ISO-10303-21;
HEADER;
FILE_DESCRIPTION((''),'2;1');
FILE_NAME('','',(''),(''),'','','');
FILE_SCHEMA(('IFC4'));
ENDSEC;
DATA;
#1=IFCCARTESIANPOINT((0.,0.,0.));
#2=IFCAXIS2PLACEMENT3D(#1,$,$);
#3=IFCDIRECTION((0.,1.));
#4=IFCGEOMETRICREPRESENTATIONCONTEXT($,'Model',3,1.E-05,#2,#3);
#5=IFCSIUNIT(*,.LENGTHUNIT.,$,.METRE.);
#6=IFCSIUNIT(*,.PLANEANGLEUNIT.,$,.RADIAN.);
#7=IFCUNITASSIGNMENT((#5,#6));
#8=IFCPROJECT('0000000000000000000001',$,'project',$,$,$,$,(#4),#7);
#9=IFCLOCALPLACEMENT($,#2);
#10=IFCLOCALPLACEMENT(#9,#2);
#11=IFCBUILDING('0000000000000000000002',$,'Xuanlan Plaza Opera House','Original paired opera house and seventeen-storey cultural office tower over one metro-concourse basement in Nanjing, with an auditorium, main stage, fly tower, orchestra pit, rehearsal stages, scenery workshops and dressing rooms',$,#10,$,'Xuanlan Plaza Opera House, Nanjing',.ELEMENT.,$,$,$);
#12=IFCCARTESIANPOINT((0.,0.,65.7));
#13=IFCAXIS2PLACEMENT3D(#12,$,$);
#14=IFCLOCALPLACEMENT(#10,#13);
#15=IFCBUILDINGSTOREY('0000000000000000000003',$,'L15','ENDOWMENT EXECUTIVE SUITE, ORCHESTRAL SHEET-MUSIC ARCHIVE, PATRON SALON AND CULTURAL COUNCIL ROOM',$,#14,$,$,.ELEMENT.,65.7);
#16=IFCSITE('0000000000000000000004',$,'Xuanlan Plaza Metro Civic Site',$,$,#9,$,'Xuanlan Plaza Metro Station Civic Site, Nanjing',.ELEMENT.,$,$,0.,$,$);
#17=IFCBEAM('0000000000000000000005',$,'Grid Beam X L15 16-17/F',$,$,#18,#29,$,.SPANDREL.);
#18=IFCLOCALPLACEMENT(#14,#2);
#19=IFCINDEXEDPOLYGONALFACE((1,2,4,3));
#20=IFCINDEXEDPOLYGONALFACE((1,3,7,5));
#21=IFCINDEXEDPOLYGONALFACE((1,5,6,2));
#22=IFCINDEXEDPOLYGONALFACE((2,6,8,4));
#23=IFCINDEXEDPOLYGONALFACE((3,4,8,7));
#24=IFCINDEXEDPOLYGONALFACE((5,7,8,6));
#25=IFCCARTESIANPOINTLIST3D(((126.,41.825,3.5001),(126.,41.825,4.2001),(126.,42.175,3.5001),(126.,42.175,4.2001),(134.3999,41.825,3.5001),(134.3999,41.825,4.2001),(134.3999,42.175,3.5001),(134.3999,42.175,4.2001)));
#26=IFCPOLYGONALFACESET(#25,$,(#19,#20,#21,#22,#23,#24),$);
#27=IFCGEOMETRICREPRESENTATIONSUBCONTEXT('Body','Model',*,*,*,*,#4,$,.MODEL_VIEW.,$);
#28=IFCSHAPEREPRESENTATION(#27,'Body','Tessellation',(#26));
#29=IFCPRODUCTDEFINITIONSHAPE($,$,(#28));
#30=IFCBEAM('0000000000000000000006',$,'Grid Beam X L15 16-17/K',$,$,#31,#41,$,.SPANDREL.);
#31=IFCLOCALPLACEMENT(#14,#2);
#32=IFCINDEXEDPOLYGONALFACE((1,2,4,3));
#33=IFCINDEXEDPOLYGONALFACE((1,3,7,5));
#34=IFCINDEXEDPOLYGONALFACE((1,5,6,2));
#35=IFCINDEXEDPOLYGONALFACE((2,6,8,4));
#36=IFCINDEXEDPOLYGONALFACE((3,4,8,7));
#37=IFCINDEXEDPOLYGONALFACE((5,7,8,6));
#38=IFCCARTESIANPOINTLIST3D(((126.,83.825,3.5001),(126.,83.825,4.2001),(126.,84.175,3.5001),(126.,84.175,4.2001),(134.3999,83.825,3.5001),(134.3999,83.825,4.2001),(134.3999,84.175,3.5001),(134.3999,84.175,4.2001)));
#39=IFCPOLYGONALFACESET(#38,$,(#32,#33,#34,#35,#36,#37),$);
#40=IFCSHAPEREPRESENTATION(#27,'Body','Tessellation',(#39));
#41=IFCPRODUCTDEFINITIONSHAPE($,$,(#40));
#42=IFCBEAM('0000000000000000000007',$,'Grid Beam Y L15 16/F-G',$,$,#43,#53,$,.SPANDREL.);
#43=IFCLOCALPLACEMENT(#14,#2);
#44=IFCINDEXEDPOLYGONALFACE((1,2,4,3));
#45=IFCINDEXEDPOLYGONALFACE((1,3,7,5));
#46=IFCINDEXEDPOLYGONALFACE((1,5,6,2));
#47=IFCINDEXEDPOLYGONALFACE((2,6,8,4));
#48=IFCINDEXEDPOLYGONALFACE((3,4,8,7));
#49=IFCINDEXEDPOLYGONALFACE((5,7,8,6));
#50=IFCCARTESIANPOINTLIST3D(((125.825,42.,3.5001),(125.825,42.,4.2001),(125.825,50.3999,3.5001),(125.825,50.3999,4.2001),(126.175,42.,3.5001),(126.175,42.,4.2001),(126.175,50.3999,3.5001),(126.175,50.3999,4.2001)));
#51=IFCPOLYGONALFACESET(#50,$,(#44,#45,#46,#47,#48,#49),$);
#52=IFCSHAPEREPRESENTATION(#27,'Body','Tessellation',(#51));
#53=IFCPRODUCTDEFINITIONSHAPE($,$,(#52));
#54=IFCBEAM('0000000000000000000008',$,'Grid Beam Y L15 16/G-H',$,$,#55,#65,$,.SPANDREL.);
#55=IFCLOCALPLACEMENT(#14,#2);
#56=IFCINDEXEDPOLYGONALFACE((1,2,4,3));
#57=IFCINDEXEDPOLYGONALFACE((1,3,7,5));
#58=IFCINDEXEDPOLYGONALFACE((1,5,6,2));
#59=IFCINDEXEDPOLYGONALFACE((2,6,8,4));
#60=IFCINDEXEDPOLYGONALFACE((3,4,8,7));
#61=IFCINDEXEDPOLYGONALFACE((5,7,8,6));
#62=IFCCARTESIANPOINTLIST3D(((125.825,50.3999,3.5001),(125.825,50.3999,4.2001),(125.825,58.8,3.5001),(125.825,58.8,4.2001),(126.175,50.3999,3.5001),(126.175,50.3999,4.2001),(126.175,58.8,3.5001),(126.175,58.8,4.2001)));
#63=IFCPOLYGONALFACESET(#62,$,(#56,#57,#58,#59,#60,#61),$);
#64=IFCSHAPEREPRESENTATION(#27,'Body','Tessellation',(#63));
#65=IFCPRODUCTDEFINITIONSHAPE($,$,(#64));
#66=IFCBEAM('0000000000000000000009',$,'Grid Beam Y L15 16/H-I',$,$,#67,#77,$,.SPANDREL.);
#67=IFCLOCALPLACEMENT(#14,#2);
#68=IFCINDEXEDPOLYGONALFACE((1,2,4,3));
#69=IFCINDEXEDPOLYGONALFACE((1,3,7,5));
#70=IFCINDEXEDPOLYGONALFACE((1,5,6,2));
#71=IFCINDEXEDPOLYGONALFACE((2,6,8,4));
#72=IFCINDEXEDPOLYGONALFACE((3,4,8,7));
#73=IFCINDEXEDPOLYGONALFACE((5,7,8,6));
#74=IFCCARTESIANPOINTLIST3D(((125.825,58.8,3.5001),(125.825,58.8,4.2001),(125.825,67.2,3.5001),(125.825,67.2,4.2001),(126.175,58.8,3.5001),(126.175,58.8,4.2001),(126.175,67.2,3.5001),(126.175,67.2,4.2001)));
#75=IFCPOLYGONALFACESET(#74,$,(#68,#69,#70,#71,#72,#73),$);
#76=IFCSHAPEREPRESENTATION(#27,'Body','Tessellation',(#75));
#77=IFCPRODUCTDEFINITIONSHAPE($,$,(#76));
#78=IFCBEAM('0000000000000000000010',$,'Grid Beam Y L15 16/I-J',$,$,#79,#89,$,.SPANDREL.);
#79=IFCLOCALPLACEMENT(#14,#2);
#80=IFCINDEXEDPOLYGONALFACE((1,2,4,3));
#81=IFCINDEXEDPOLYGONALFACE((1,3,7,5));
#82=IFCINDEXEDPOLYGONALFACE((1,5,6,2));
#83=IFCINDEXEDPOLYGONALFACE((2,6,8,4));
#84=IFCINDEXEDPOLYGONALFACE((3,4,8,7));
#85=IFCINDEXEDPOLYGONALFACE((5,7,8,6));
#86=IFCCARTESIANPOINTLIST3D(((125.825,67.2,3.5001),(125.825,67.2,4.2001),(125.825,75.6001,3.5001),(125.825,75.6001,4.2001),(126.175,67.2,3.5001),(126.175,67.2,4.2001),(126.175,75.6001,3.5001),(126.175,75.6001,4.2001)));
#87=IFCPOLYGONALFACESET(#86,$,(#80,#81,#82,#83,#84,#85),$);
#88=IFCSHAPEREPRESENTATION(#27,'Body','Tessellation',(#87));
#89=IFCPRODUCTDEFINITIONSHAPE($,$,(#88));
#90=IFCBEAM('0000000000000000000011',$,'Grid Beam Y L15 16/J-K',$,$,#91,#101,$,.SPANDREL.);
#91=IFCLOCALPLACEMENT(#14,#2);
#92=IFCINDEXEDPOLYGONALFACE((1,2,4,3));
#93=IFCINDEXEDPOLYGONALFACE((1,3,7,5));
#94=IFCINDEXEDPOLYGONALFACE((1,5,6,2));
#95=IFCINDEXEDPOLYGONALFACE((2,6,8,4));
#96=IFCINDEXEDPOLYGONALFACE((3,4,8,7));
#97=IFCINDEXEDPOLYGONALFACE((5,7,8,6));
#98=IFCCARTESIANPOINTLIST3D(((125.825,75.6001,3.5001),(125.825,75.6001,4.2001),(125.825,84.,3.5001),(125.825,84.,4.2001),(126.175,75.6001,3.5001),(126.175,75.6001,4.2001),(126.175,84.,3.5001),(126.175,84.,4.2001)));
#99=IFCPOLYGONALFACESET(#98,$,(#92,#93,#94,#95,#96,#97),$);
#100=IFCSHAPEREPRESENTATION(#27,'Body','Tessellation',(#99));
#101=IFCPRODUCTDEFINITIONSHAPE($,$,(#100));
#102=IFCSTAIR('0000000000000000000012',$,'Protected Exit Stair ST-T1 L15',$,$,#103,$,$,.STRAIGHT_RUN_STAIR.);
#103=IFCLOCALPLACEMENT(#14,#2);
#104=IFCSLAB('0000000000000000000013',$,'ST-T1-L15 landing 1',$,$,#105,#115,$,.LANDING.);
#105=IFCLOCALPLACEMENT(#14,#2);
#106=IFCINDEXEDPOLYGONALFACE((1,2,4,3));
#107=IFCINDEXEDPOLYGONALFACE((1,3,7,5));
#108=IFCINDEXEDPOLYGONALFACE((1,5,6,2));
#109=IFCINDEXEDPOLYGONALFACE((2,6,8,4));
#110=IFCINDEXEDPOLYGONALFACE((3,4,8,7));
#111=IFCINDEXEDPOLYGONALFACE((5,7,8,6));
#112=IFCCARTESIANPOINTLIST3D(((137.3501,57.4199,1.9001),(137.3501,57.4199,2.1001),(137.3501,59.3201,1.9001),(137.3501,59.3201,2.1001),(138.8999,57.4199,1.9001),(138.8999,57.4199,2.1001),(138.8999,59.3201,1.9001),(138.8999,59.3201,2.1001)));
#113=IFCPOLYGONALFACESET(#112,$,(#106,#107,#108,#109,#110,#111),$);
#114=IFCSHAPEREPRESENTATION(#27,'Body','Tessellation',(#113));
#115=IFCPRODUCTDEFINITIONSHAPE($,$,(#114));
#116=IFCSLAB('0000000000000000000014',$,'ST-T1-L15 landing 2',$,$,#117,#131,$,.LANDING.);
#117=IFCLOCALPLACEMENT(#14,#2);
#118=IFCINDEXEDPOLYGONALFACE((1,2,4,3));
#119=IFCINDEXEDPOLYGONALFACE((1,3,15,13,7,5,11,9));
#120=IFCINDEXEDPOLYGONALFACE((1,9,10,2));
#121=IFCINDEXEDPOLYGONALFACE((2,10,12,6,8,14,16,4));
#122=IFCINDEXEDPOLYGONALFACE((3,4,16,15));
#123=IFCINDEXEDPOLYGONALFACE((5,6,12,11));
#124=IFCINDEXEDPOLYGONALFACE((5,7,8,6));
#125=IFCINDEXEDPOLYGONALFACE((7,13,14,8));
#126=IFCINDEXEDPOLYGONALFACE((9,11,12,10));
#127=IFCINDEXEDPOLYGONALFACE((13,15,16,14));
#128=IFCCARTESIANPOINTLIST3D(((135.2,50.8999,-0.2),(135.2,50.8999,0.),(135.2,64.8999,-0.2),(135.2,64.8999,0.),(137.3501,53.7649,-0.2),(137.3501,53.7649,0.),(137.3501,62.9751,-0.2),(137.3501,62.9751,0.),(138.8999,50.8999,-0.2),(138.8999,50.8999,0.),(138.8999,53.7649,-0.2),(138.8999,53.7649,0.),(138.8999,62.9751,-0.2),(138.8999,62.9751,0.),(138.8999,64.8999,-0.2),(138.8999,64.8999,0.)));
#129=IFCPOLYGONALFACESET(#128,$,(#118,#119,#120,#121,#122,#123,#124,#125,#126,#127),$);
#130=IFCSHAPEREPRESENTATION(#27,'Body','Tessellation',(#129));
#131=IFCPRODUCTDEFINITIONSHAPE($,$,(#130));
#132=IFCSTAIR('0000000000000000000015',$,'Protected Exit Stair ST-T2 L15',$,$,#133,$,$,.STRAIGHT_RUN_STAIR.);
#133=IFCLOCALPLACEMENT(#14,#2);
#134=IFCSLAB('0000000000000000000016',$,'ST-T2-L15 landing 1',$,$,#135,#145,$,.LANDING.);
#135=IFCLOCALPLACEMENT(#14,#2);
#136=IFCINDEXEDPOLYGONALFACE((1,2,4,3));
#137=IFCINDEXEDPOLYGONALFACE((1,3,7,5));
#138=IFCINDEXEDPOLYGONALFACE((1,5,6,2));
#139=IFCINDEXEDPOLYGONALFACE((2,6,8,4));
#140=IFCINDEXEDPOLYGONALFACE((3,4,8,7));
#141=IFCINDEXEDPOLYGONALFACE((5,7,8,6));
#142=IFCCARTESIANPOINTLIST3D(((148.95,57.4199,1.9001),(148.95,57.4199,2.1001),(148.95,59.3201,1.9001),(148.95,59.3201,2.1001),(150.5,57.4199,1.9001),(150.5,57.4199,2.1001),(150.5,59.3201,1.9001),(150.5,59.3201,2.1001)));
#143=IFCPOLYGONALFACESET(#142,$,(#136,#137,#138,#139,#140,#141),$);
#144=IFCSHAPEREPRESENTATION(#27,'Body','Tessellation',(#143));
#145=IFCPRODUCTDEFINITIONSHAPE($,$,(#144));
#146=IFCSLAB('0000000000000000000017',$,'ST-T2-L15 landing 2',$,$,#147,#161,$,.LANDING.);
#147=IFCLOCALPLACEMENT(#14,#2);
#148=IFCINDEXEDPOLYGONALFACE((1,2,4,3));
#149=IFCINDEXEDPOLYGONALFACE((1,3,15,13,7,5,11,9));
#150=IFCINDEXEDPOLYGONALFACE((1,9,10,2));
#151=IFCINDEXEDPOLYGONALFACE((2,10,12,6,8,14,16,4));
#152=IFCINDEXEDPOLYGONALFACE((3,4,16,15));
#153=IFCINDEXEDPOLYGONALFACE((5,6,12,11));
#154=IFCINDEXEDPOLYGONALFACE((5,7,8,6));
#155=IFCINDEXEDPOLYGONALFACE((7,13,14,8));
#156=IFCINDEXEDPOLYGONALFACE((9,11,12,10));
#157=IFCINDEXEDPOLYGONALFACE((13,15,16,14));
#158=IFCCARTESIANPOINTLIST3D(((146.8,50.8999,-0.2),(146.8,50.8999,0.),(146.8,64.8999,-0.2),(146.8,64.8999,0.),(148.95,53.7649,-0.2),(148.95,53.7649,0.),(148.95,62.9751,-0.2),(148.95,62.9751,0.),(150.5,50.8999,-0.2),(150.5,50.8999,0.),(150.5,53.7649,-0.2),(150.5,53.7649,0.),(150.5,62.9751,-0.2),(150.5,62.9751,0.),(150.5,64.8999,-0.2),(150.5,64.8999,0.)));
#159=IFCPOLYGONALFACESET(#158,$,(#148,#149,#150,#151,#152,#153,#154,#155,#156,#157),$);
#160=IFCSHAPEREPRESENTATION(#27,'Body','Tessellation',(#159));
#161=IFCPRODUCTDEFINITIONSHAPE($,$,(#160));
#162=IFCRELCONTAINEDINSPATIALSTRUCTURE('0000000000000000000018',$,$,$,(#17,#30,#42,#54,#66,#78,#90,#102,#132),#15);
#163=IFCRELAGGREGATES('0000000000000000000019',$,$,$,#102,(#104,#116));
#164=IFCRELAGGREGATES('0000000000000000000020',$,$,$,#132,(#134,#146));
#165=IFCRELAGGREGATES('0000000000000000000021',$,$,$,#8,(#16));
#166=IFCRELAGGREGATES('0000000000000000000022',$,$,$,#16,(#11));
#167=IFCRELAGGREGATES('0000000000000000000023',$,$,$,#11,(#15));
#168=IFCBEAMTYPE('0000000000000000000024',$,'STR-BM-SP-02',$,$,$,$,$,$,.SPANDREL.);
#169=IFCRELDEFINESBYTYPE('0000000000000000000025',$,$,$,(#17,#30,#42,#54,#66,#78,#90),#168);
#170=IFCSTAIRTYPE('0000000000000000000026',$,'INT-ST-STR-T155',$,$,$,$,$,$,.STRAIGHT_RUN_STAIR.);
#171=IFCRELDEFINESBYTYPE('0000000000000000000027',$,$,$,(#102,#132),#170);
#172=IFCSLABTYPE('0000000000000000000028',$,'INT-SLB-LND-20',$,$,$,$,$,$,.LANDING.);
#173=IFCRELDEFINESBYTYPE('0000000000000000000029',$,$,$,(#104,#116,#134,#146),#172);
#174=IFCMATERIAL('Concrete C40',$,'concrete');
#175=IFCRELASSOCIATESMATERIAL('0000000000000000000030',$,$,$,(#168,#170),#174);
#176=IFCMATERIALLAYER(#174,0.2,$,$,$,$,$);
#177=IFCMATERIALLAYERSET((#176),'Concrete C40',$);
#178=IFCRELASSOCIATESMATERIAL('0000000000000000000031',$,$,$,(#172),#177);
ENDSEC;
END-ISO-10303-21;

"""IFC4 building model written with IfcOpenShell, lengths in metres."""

from ifc_helpers import new_model, si_unit, direction, frame, origin, origin_2d, place, context, subcontext, project, spatial, polyline, rectangle, outline, extrude, material, layer, layer_set, material_profile, profile_set, type_object, element, aggregate, save


model = new_model("IFC4")

# Units and contexts
model_context = context("Model", 3, precision=1e-05, world=origin(), true_north=direction((0.0, 1.0)))
body_context = subcontext(model_context, "Body", "Model", "MODEL_VIEW")
ifc_project = project(units=[si_unit("LENGTHUNIT", "METRE"), si_unit("PLANEANGLEUNIT", "RADIAN")], contexts=[model_context])

# Site, building, storey
site_placement = place(None, origin())
site = spatial("IfcSite", under=ifc_project, at=site_placement, Name="Xuanlan Plaza Metro Civic Site", LongName="Xuanlan Plaza Metro Station Civic Site, Nanjing", CompositionType="ELEMENT", RefElevation=0.0)
building_placement = place(site_placement, origin())
building = spatial("IfcBuilding", under=site, at=building_placement, Name="Xuanlan Plaza Opera House", Description="Original paired opera house and seventeen-storey cultural office tower over one metro-concourse basement in Nanjing, with an auditorium, main stage, fly tower, orchestra pit, rehearsal stages, scenery workshops and dressing rooms", LongName="Xuanlan Plaza Opera House, Nanjing", CompositionType="ELEMENT")
storey_placement = place(building_placement, frame((0.0, 0.0, 65.7)))
storey = spatial("IfcBuildingStorey", under=building, at=storey_placement, Name="L15", Description="ENDOWMENT EXECUTIVE SUITE, ORCHESTRAL SHEET-MUSIC ARCHIVE, PATRON SALON AND CULTURAL COUNCIL ROOM", CompositionType="ELEMENT", Elevation=65.7)

# Beams
ifc_material_1 = material(Name="Concrete C40", Category="concrete")
ifc_material_profile_1 = material_profile(ifc_material_1, rectangle(XDim=0.3501, YDim=0.7, at=origin_2d()), Name="RC-SPD 350x700")
ifc_profile_set_1 = profile_set([ifc_material_profile_1], Name="Concrete C40")
beam_type_1 = type_object("IfcBeamType", Name="STR-BM-SP-02", PredefinedType="SPANDREL", material=ifc_profile_set_1)
for number, where, z_axis, x_axis, name in (
    (1, (126.0, 42.0, 3.8501), (1.0, 0.0, 0.0), (0.0, 1.0, 0.0), "Grid Beam X L15 16-17/F"),
    (2, (126.0, 84.0, 3.8501), (1.0, 0.0, 0.0), (0.0, 1.0, 0.0), "Grid Beam X L15 16-17/K"),
    (3, (126.0, 42.0, 3.8501), (0.0, 1.0, 0.0), (-1.0, 0.0, 0.0), "Grid Beam Y L15 16/F-G"),
):
    element("IfcBeam", number, at=place(storey_placement, frame(where, z_axis=z_axis, x_axis=x_axis)), inside=storey, type_object=beam_type_1, Name=name, PredefinedType="SPANDREL", context=body_context, shape_type="SweptSolid", body=[
        extrude(rectangle(XDim=0.3501, YDim=0.7, at=origin_2d()), origin(), (0.0, 0.0, 1.0), 8.3999),
    ])
beam_1_placement = place(storey_placement, frame((126.0, 50.3999, 3.8501), z_axis=(0.0, 1.0, 0.0), x_axis=(-1.0, 0.0, 0.0)))
element("IfcBeam", 4, at=beam_1_placement, inside=storey, type_object=beam_type_1, Name="Grid Beam Y L15 16/G-H", PredefinedType="SPANDREL", context=body_context, shape_type="SweptSolid", body=[
    extrude(rectangle(XDim=0.3501, YDim=0.7, at=origin_2d()), origin(), (0.0, 0.0, 1.0), 8.4001),
])
beam_2_placement = place(storey_placement, frame((126.0, 58.8, 3.8501), z_axis=(0.0, 1.0, 0.0), x_axis=(-1.0, 0.0, 0.0)))
element("IfcBeam", 5, at=beam_2_placement, inside=storey, type_object=beam_type_1, Name="Grid Beam Y L15 16/H-I", PredefinedType="SPANDREL", context=body_context, shape_type="SweptSolid", body=[
    extrude(rectangle(XDim=0.3501, YDim=0.7, at=origin_2d()), origin(), (0.0, 0.0, 1.0), 8.3999),
])
beam_3_placement = place(storey_placement, frame((126.0, 67.2, 3.8501), z_axis=(0.0, 1.0, 0.0), x_axis=(-1.0, 0.0, 0.0)))
element("IfcBeam", 6, at=beam_3_placement, inside=storey, type_object=beam_type_1, Name="Grid Beam Y L15 16/I-J", PredefinedType="SPANDREL", context=body_context, shape_type="SweptSolid", body=[
    extrude(rectangle(XDim=0.3501, YDim=0.7, at=origin_2d()), origin(), (0.0, 0.0, 1.0), 8.4001),
])
beam_4_placement = place(storey_placement, frame((126.0, 75.6001, 3.8501), z_axis=(0.0, 1.0, 0.0), x_axis=(-1.0, 0.0, 0.0)))
element("IfcBeam", 7, at=beam_4_placement, inside=storey, type_object=beam_type_1, Name="Grid Beam Y L15 16/J-K", PredefinedType="SPANDREL", context=body_context, shape_type="SweptSolid", body=[
    extrude(rectangle(XDim=0.3501, YDim=0.7, at=origin_2d()), origin(), (0.0, 0.0, 1.0), 8.3999),
])

# Stairs, slabs
stair_type = type_object("IfcStairType", Name="INT-ST-STR-T155", PredefinedType="STRAIGHT_RUN_STAIR", material=ifc_material_1)
stair_1_placement = place(storey_placement, origin())
stair_1 = element("IfcStair", 8, at=stair_1_placement, inside=storey, type_object=stair_type, Name="Protected Exit Stair ST-T1 L15", PredefinedType="STRAIGHT_RUN_STAIR")
ifc_layer_1 = layer(ifc_material_1, 0.2)
ifc_layer_set_1 = layer_set([ifc_layer_1], Name="Concrete C40")
slab_type_1 = type_object("IfcSlabType", Name="INT-SLB-LND-20", PredefinedType="LANDING", material=ifc_layer_set_1)
slab_1_placement = place(storey_placement, frame((0.0, 0.0, 1.9001)))
slab_1 = element("IfcSlab", 9, at=slab_1_placement, type_object=slab_type_1, Name="ST-T1-L15 landing 1", PredefinedType="LANDING", context=body_context, shape_type="SweptSolid", body=[
    extrude(outline(polyline([(137.3501, 57.4199), (138.8999, 57.4199), (138.8999, 59.3201), (137.3501, 59.3201), (137.3501, 57.4199)])), origin(), (0.0, 0.0, 1.0), 0.2),
])
slab_2_placement = place(storey_placement, frame((0.0, 0.0, -0.2)))
slab_2 = element("IfcSlab", 10, at=slab_2_placement, type_object=slab_type_1, Name="ST-T1-L15 landing 2", PredefinedType="LANDING", context=body_context, shape_type="SweptSolid", body=[
    extrude(outline(polyline([(135.2, 50.8999), (138.8999, 50.8999), (138.8999, 53.7649), (137.3501, 53.7649), (137.3501, 62.9751), (138.8999, 62.9751), (138.8999, 64.8999), (135.2, 64.8999), (135.2, 50.8999)])), origin(), (0.0, 0.0, 1.0), 0.2),
])
aggregate(stair_1, [slab_1, slab_2])
stair_2_placement = place(storey_placement, origin())
stair_2 = element("IfcStair", 11, at=stair_2_placement, inside=storey, type_object=stair_type, Name="Protected Exit Stair ST-T2 L15", PredefinedType="STRAIGHT_RUN_STAIR")
slab_3_placement = place(storey_placement, frame((0.0, 0.0, 1.9001)))
slab_3 = element("IfcSlab", 12, at=slab_3_placement, type_object=slab_type_1, Name="ST-T2-L15 landing 1", PredefinedType="LANDING", context=body_context, shape_type="SweptSolid", body=[
    extrude(outline(polyline([(148.95, 57.4199), (150.5, 57.4199), (150.5, 59.3201), (148.95, 59.3201), (148.95, 57.4199)])), origin(), (0.0, 0.0, 1.0), 0.2),
])
slab_4_placement = place(storey_placement, frame((0.0, 0.0, -0.2)))
slab_4 = element("IfcSlab", 13, at=slab_4_placement, type_object=slab_type_1, Name="ST-T2-L15 landing 2", PredefinedType="LANDING", context=body_context, shape_type="SweptSolid", body=[
    extrude(outline(polyline([(146.8, 50.8999), (150.5, 50.8999), (150.5, 53.7649), (148.95, 53.7649), (148.95, 62.9751), (150.5, 62.9751), (150.5, 64.8999), (146.8, 64.8999), (146.8, 50.8999)])), origin(), (0.0, 0.0, 1.0), 0.2),
])
aggregate(stair_2, [slab_3, slab_4])

save(model, "model.ifc")
